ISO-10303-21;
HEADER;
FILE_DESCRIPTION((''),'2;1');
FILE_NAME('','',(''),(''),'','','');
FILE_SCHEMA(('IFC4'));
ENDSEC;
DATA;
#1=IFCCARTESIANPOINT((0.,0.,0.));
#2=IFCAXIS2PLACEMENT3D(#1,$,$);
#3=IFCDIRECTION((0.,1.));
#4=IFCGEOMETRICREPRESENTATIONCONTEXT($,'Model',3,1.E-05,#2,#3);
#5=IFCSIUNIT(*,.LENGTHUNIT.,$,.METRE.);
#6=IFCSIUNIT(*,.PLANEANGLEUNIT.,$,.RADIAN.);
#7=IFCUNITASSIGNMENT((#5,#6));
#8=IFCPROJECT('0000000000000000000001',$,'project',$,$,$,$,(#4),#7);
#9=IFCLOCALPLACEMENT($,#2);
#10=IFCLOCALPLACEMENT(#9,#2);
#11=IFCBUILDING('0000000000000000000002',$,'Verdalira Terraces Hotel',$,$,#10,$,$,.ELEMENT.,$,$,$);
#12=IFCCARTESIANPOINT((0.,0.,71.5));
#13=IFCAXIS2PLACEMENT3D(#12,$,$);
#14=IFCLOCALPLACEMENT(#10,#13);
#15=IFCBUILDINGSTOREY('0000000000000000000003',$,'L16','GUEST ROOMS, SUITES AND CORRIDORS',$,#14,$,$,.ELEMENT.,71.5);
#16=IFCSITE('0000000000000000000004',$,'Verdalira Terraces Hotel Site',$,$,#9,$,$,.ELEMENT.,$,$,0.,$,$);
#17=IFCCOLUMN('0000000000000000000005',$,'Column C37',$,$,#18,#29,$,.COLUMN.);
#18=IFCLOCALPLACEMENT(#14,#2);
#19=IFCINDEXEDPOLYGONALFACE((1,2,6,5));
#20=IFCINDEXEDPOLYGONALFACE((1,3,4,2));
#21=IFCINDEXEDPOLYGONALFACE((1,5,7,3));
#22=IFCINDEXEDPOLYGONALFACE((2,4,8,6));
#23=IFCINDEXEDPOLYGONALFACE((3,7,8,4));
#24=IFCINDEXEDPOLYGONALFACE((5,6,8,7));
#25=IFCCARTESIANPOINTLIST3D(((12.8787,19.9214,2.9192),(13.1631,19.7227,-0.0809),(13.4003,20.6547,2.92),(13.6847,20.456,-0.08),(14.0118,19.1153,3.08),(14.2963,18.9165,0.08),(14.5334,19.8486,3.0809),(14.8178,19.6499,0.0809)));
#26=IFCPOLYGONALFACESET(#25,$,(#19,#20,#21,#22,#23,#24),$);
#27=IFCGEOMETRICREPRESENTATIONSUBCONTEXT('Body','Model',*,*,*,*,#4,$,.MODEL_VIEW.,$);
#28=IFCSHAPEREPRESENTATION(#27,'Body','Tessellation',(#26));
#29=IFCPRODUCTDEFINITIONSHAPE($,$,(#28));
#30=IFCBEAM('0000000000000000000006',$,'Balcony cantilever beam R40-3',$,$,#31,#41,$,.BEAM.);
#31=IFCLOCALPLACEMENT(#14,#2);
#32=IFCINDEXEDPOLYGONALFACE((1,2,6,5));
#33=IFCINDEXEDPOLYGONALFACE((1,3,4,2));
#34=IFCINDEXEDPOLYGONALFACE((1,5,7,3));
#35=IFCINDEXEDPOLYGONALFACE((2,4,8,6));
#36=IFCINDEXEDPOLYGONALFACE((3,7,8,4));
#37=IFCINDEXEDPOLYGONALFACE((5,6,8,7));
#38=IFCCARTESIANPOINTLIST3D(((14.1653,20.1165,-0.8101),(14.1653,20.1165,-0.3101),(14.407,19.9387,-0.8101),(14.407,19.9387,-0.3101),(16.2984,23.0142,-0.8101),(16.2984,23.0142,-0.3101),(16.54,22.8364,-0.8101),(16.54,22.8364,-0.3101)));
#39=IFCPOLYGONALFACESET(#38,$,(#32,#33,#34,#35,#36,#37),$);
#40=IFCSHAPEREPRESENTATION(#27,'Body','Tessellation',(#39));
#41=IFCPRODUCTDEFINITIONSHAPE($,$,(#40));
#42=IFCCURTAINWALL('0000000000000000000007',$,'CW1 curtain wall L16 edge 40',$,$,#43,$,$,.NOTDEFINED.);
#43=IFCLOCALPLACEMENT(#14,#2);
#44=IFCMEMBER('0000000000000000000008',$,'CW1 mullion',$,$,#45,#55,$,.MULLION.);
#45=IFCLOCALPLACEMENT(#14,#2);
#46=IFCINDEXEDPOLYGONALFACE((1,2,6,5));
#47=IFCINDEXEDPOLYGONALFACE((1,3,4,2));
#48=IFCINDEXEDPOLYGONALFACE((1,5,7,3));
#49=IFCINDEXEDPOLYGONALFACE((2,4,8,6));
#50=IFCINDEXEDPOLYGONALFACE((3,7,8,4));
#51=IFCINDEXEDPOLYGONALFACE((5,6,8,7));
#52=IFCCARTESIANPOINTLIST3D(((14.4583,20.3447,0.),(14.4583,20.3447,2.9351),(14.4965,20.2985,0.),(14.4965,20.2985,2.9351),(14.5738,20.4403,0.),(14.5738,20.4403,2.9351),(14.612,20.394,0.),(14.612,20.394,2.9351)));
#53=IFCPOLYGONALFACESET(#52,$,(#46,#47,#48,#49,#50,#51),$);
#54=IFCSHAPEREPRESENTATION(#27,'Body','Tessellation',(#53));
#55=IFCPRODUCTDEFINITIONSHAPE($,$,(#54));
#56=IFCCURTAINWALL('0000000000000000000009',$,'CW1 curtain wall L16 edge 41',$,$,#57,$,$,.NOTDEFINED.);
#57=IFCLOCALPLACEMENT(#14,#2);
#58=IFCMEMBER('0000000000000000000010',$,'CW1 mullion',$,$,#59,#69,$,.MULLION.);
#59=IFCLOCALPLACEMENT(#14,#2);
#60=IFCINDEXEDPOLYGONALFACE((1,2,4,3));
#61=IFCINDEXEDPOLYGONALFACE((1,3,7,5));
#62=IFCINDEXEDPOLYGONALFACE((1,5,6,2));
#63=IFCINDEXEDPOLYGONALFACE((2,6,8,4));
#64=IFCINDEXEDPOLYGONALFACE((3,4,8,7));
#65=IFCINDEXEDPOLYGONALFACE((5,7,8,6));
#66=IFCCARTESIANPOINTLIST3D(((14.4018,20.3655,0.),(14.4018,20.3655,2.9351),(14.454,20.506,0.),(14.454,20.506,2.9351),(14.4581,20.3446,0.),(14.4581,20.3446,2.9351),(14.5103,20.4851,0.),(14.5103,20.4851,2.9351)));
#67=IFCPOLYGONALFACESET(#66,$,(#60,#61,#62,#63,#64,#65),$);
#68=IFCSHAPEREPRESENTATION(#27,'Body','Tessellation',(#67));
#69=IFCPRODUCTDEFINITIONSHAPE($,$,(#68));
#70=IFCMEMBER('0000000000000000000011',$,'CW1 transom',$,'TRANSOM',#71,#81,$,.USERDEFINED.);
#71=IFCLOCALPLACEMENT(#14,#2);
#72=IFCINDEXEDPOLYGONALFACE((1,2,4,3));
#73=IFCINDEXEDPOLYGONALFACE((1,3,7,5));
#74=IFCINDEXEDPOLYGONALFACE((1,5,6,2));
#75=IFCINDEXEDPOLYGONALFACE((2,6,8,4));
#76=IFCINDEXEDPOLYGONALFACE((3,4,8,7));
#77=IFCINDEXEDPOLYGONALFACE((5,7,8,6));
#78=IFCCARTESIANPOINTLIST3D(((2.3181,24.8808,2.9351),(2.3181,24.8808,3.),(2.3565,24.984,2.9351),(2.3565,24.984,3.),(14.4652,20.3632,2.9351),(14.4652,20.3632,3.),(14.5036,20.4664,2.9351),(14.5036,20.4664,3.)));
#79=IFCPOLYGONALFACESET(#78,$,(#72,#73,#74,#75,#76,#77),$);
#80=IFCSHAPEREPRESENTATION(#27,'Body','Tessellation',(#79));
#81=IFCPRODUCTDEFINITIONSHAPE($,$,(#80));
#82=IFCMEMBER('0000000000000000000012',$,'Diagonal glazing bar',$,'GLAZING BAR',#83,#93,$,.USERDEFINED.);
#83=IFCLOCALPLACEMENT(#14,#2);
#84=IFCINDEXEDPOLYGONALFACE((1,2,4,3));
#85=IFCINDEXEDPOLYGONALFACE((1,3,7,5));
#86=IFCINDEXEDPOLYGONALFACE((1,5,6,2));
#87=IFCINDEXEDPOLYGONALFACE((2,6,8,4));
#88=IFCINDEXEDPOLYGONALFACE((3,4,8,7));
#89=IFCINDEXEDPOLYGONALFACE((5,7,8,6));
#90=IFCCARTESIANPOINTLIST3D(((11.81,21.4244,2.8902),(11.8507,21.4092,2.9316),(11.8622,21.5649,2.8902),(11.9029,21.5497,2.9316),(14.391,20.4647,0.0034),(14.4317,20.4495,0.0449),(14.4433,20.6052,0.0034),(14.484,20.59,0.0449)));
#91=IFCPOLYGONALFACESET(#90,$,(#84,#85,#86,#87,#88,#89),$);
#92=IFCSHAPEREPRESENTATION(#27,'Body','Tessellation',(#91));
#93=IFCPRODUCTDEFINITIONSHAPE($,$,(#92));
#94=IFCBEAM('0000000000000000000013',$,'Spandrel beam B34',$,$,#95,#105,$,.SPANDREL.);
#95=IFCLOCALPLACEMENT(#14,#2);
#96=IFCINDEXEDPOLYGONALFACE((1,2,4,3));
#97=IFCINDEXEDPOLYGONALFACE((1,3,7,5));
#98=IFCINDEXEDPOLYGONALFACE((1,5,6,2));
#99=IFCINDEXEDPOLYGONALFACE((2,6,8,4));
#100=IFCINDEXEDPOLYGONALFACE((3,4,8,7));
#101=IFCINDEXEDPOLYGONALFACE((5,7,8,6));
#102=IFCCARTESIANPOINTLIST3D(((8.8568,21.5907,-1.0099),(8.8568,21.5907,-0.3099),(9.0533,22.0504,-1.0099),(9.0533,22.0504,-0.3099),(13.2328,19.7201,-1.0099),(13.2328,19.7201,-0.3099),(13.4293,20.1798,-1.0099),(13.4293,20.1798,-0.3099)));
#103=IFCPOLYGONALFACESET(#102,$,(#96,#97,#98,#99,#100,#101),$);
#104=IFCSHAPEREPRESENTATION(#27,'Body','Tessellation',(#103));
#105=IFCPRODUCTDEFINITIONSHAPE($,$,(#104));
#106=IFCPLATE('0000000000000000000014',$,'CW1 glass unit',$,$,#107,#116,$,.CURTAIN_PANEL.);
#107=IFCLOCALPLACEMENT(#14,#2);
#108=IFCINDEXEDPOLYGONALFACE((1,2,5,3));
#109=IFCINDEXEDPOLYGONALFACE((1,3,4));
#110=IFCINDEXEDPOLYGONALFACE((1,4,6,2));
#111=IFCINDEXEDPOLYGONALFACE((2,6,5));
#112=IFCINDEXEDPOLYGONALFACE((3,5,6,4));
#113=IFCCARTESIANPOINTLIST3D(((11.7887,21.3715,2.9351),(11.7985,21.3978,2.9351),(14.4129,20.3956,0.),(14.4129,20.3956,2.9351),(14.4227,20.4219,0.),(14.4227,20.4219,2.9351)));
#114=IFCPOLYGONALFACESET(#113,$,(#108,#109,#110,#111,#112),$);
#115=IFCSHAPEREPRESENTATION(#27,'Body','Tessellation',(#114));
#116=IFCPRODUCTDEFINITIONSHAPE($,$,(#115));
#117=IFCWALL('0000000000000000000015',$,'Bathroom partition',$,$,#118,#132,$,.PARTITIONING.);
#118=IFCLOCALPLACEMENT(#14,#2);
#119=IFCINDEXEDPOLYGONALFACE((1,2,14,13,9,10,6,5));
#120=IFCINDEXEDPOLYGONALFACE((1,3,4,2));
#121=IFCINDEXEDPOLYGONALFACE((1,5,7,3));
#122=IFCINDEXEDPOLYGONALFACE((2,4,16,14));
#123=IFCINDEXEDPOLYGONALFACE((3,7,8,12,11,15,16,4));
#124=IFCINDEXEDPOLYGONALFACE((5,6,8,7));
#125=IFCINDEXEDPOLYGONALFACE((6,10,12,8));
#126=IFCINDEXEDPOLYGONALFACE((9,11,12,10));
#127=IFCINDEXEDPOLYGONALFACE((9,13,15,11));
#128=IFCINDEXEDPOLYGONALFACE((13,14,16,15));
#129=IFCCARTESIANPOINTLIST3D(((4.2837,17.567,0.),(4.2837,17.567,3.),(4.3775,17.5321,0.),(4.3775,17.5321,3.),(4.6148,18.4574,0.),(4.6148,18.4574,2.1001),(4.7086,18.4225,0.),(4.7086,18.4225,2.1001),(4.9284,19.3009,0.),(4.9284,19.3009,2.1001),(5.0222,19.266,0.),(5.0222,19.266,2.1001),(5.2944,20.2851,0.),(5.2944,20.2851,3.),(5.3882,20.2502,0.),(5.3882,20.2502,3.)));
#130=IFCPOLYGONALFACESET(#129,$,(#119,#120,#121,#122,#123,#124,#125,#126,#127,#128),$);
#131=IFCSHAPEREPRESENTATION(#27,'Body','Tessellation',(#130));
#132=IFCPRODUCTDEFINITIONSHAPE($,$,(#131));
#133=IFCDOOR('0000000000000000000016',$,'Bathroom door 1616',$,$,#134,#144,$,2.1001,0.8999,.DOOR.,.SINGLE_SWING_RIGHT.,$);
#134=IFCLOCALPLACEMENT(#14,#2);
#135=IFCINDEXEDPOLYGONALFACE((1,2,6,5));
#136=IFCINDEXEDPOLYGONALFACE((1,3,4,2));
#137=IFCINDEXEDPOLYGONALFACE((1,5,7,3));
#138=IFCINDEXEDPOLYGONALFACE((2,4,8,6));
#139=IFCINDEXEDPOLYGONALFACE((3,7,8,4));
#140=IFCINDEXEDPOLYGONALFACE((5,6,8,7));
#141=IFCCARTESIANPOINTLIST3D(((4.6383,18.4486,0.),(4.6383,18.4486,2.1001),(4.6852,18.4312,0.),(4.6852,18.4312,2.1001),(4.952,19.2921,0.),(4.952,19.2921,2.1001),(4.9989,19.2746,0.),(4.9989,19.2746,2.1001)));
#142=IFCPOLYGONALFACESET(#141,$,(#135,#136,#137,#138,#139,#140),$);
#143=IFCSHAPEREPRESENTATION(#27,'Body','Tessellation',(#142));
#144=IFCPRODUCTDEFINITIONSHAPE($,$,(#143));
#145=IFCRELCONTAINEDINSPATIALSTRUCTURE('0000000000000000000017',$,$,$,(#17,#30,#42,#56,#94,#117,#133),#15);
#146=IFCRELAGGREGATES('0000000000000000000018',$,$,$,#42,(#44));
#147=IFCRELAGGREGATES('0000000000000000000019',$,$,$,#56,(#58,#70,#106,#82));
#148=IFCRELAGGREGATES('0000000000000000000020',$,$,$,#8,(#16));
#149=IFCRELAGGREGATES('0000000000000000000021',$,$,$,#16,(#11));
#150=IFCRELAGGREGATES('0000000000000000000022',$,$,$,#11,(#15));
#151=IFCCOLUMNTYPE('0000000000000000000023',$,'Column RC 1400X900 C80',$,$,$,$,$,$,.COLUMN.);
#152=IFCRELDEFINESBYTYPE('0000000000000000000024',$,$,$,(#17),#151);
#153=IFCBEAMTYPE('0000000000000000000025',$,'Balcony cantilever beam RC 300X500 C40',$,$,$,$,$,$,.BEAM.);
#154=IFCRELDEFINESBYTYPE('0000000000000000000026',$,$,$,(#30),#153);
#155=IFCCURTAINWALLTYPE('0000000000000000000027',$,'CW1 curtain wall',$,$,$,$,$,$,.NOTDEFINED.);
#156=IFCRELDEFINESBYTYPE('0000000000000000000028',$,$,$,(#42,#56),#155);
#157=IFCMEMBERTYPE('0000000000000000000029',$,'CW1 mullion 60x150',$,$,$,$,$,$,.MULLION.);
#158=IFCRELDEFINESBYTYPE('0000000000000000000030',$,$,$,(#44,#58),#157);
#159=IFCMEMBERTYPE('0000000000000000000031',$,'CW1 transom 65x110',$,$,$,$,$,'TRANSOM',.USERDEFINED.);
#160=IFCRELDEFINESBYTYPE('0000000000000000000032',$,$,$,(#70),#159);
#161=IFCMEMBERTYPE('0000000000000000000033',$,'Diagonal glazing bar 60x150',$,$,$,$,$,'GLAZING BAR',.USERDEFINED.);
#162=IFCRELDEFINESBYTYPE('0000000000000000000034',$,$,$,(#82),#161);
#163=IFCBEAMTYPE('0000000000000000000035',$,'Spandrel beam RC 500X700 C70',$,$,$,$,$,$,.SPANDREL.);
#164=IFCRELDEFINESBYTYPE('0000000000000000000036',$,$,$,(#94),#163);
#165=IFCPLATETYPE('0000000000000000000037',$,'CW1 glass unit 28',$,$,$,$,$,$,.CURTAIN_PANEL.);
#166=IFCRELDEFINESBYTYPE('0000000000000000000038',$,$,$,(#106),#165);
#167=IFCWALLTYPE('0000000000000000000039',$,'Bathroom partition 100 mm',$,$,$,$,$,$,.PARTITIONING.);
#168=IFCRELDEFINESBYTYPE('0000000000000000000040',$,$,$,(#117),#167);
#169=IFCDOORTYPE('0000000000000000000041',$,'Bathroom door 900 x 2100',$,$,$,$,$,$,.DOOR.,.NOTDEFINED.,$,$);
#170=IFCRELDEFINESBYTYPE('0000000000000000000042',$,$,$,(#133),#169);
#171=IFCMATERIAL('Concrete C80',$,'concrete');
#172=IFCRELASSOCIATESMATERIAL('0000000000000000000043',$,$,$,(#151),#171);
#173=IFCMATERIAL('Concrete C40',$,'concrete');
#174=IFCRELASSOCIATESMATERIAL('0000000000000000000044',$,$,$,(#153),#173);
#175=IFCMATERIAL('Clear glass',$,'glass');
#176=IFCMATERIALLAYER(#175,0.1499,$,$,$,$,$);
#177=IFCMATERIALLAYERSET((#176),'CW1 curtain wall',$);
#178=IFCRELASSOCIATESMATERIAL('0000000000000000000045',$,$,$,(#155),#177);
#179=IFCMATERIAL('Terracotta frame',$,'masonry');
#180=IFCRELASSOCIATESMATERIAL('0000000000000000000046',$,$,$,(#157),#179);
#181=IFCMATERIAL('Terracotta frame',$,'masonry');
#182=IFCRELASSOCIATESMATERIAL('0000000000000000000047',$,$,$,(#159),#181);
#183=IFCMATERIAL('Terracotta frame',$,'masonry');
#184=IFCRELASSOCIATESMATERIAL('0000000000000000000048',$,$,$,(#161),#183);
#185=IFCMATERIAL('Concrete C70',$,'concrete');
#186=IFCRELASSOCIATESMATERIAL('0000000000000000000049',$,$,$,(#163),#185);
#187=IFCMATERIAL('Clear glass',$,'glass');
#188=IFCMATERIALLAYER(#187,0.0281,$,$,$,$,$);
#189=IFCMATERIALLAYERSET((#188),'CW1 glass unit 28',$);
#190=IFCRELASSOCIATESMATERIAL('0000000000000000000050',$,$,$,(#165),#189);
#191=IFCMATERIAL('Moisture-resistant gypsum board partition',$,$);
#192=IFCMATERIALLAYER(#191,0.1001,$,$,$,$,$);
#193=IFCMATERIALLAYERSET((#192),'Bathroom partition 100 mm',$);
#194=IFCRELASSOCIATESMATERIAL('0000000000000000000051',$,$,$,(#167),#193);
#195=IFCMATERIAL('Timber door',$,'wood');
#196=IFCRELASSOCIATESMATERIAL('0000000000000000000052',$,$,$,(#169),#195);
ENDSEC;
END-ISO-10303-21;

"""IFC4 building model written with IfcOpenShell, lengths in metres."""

from ifc_helpers import new_model, si_unit, direction, frame, frame_2d, origin, origin_2d, place, context, subcontext, project, spatial, polyline, rectangle, outline, extrude, material, layer, layer_set, material_profile, profile_set, type_object, element, fill, aggregate, save


model = new_model("IFC4")

# Units and contexts
model_context = context("Model", 3, precision=1e-05, world=origin(), true_north=direction((0.0, 1.0)))
body_context = subcontext(model_context, "Body", "Model", "MODEL_VIEW")
ifc_project = project(units=[si_unit("LENGTHUNIT", "METRE"), si_unit("PLANEANGLEUNIT", "RADIAN")], contexts=[model_context])

# Site, building, storey
site_placement = place(None, origin())
site = spatial("IfcSite", under=ifc_project, at=site_placement, Name="Verdalira Terraces Hotel Site", CompositionType="ELEMENT", RefElevation=0.0)
building_placement = place(site_placement, origin())
building = spatial("IfcBuilding", under=site, at=building_placement, Name="Verdalira Terraces Hotel", CompositionType="ELEMENT")
storey_placement = place(building_placement, frame((0.0, 0.0, 71.5)))
storey = spatial("IfcBuildingStorey", under=building, at=storey_placement, Name="L16", Description="GUEST ROOMS, SUITES AND CORRIDORS", CompositionType="ELEMENT", Elevation=71.5)

# Column
ifc_material_1 = material(Name="Concrete C80", Category="concrete")
ifc_material_profile_1 = material_profile(ifc_material_1, rectangle(XDim=1.3999, YDim=0.8999, at=origin_2d()), Name="RC 1400X900")
ifc_profile_set_1 = profile_set([ifc_material_profile_1], Name="Concrete C80")
column_type = type_object("IfcColumnType", Name="Column RC 1400X900 C80", PredefinedType="COLUMN", material=ifc_profile_set_1)
column_placement = place(storey_placement, frame((13.9905, 19.6863, 0.0), z_axis=(-0.09418, 0.065805, 0.993378), x_axis=(0.80944, -0.575854, 0.114888)))
element("IfcColumn", 1, at=column_placement, inside=storey, type_object=column_type, Name="Column C37", PredefinedType="COLUMN", context=body_context, shape_type="SweptSolid", body=[
    extrude(rectangle(XDim=1.3999, YDim=0.8999, at=origin_2d()), origin(), (0.0, 0.0, 1.0), 3.02),
])

# Beam
ifc_material_2 = material(Name="Concrete C40", Category="concrete")
ifc_material_profile_2 = material_profile(ifc_material_2, rectangle(XDim=0.3, YDim=0.5, at=origin_2d()), Name="RC 300X500")
ifc_profile_set_2 = profile_set([ifc_material_profile_2], Name="Concrete C40")
beam_type_1 = type_object("IfcBeamType", Name="Balcony cantilever beam RC 300X500 C40", PredefinedType="BEAM", material=ifc_profile_set_2)
beam_1_placement = place(storey_placement, frame((14.2861, 20.0276, -0.5601), z_axis=(0.592822, 0.805334, 0.0), x_axis=(-0.805334, 0.592822, 0.0)))
element("IfcBeam", 2, at=beam_1_placement, inside=storey, type_object=beam_type_1, Name="Balcony cantilever beam R40-3", PredefinedType="BEAM", context=body_context, shape_type="SweptSolid", body=[
    extrude(rectangle(XDim=0.3, YDim=0.5, at=origin_2d()), origin(), (0.0, 0.0, 1.0), 3.5981),
])

# Curtain wall, member
ifc_material_3 = material(Name="Clear glass", Category="glass")
ifc_layer_1 = layer(ifc_material_3, 0.1499)
ifc_layer_set_1 = layer_set([ifc_layer_1], Name="CW1 curtain wall")
curtain_wall_type = type_object("IfcCurtainWallType", Name="CW1 curtain wall", PredefinedType="NOTDEFINED", material=ifc_layer_set_1)
curtain_wall_1_placement = place(storey_placement, origin())
curtain_wall_1 = element("IfcCurtainWall", 3, at=curtain_wall_1_placement, inside=storey, type_object=curtain_wall_type, Name="CW1 curtain wall L16 edge 40", PredefinedType="NOTDEFINED")
ifc_material_4 = material(Name="Terracotta frame", Category="masonry")
ifc_material_profile_3 = material_profile(ifc_material_4, rectangle(XDim=0.0601, YDim=0.1499, at=origin_2d()), Name="MU 60x150")
ifc_profile_set_3 = profile_set([ifc_material_profile_3], Name="Terracotta frame")
member_type_1 = type_object("IfcMemberType", Name="CW1 mullion 60x150", PredefinedType="MULLION", material=ifc_profile_set_3)
member_1_placement = place(storey_placement, frame((14.5352, 20.3694, 0.0), z_axis=(0.0, 0.0, 1.0), x_axis=(-0.637424, 0.770513, 0.0)))
member_1 = element("IfcMember", 4, at=member_1_placement, type_object=member_type_1, Name="CW1 mullion", PredefinedType="MULLION", context=body_context, shape_type="SweptSolid", body=[
    extrude(rectangle(XDim=0.0601, YDim=0.1499, at=origin_2d()), origin(), (0.0, 0.0, 1.0), 2.9351),
])
aggregate(curtain_wall_1, [member_1])

# Curtain wall, members
curtain_wall_2_placement = place(storey_placement, origin())
curtain_wall_2 = element("IfcCurtainWall", 5, at=curtain_wall_2_placement, inside=storey, type_object=curtain_wall_type, Name="CW1 curtain wall L16 edge 41", PredefinedType="NOTDEFINED")
member_2_placement = place(storey_placement, frame((14.4561, 20.4253, 0.0), z_axis=(0.0, 0.0, 1.0), x_axis=(-0.937282, 0.348572, 0.0)))
member_2 = element("IfcMember", 6, at=member_2_placement, type_object=member_type_1, Name="CW1 mullion", PredefinedType="MULLION", context=body_context, shape_type="SweptSolid", body=[
    extrude(rectangle(XDim=0.0601, YDim=0.1499, at=origin_2d()), origin(), (0.0, 0.0, 1.0), 2.9351),
])
ifc_material_5 = material(Name="Terracotta frame", Category="masonry")
ifc_material_profile_4 = material_profile(ifc_material_5, rectangle(XDim=0.1101, YDim=0.0649, at=origin_2d()), Name="TR 65x110")
ifc_profile_set_4 = profile_set([ifc_material_profile_4], Name="Terracotta frame")
member_type_2 = type_object("IfcMemberType", Name="CW1 transom 65x110", ElementType="TRANSOM", PredefinedType="USERDEFINED", material=ifc_profile_set_4)
member_3_placement = place(storey_placement, frame((14.4844, 20.4148, 2.9675), z_axis=(-0.937278, 0.348583, 0.0), x_axis=(-0.348583, -0.937278, 0.0)))
member_3 = element("IfcMember", 7, at=member_3_placement, type_object=member_type_2, Name="CW1 transom", ObjectType="TRANSOM", PredefinedType="USERDEFINED", context=body_context, shape_type="SweptSolid", body=[
    extrude(rectangle(XDim=0.1101, YDim=0.0649, at=origin_2d()), origin(), (0.0, 0.0, 1.0), 12.96),
])
ifc_material_6 = material(Name="Terracotta frame", Category="masonry")
ifc_material_profile_5 = material_profile(ifc_material_6, rectangle(XDim=0.1499, YDim=0.0601, at=origin_2d()), Name="GB 60x150")
ifc_profile_set_5 = profile_set([ifc_material_profile_5], Name="Terracotta frame")
member_type_3 = type_object("IfcMemberType", Name="Diagonal glazing bar 60x150", ElementType="GLAZING BAR", PredefinedType="USERDEFINED", material=ifc_profile_set_5)
member_4_placement = place(storey_placement, frame((14.4375, 20.5273, 0.0242), z_axis=(-0.646963, 0.240561, 0.723581), x_axis=(-0.348518, -0.937302, 0.0)))
member_4 = element("IfcMember", 8, at=member_4_placement, type_object=member_type_3, Name="Diagonal glazing bar", ObjectType="GLAZING BAR", PredefinedType="USERDEFINED", context=body_context, shape_type="SweptSolid", body=[
    extrude(rectangle(XDim=0.1499, YDim=0.0601, at=origin_2d()), origin(), (0.0, 0.0, 1.0), 3.9895),
])

# Beam
ifc_material_7 = material(Name="Concrete C70", Category="concrete")
ifc_material_profile_6 = material_profile(ifc_material_7, rectangle(XDim=0.5, YDim=0.7, at=origin_2d()), Name="RC 500X700")
ifc_profile_set_6 = profile_set([ifc_material_profile_6], Name="Concrete C70")
beam_type_2 = type_object("IfcBeamType", Name="Spandrel beam RC 500X700 C70", PredefinedType="SPANDREL", material=ifc_profile_set_6)
beam_2_placement = place(storey_placement, frame((13.3311, 19.95, -0.6599), z_axis=(-0.919511, 0.393065, 0.0), x_axis=(-0.393065, -0.919511, 0.0)))
element("IfcBeam", 9, at=beam_2_placement, inside=storey, type_object=beam_type_2, Name="Spandrel beam B34", PredefinedType="SPANDREL", context=body_context, shape_type="SweptSolid", body=[
    extrude(rectangle(XDim=0.5, YDim=0.7, at=origin_2d()), origin(), (0.0, 0.0, 1.0), 4.759),
])

# Plate
ifc_material_8 = material(Name="Clear glass", Category="glass")
ifc_layer_2 = layer(ifc_material_8, 0.0281)
ifc_layer_set_2 = layer_set([ifc_layer_2], Name="CW1 glass unit 28")
plate_type = type_object("IfcPlateType", Name="CW1 glass unit 28", PredefinedType="CURTAIN_PANEL", material=ifc_layer_set_2)
plate_placement = place(storey_placement, frame((13.1008, 20.8835, 1.4675), z_axis=(0.348572, 0.937282, 0.0), x_axis=(-0.937282, 0.348572, 0.0)))
plate = element("IfcPlate", 10, at=plate_placement, type_object=plate_type, Name="CW1 glass unit", PredefinedType="CURTAIN_PANEL", context=body_context, shape_type="SweptSolid", body=[
    extrude(outline(polyline([(-1.3999, -1.4675), (1.3999, 1.4675), (-1.3999, 1.4675), (-1.3999, -1.4675)])), origin(), (0.0, 0.0, 1.0), 0.0281),
])
aggregate(curtain_wall_2, [member_2, member_3, plate, member_4])

# Wall, opening, door
ifc_material_9 = material(Name="Moisture-resistant gypsum board partition")
ifc_layer_3 = layer(ifc_material_9, 0.1001)
ifc_layer_set_3 = layer_set([ifc_layer_3], Name="Bathroom partition 100 mm")
wall_type_1 = type_object("IfcWallType", Name="Bathroom partition 100 mm", PredefinedType="PARTITIONING", material=ifc_layer_set_3)
wall_1_placement = place(storey_placement, frame((4.3306, 17.5496, 0.0), z_axis=(0.0, 0.0, 1.0), x_axis=(0.348548, 0.937291, 0.0)))
wall_1 = element("IfcWall", 11, at=wall_1_placement, inside=storey, type_object=wall_type_1, Name="Bathroom partition", PredefinedType="PARTITIONING", context=body_context, shape_type="SweptSolid", body=[
    extrude(rectangle(XDim=2.8999, YDim=0.1001, at=frame_2d((1.45, 0.0))), origin(), (0.0, 0.0, 1.0), 3.0),
])
opening_1_placement = place(wall_1_placement, frame((0.95, 0.0, 0.0)))
opening_1 = element("IfcOpeningElement", 12, at=opening_1_placement, cuts=wall_1, PredefinedType="OPENING", context=body_context, shape_type="SweptSolid", body=[
    extrude(rectangle(XDim=0.8999, YDim=2.1001, at=frame_2d((0.45, 1.05))), frame((0.0, 0.0601, 0.0), z_axis=(0.0, -1.0, 0.0), x_axis=(1.0, 0.0, 0.0)), (0.0, 0.0, 1.0), 0.1201),
])
ifc_material_10 = material(Name="Timber door", Category="wood")
door_type_1 = type_object("IfcDoorType", Name="Bathroom door 900 x 2100", OperationType="NOTDEFINED", PredefinedType="DOOR", material=ifc_material_10)
door_1_placement = place(opening_1_placement, origin())
door_1 = element("IfcDoor", 13, at=door_1_placement, inside=storey, type_object=door_type_1, Name="Bathroom door 1616", OperationType="SINGLE_SWING_RIGHT", OverallHeight=2.1001, OverallWidth=0.8999, PredefinedType="DOOR", context=body_context, shape_type="SweptSolid", body=[
    extrude(rectangle(XDim=0.8999, YDim=2.1001, at=frame_2d((0.45, 1.05))), frame((0.0, 0.0249, 0.0), z_axis=(0.0, -1.0, 0.0), x_axis=(1.0, 0.0, 0.0)), (0.0, 0.0, 1.0), 0.05),
])
fill(opening_1, door_1)

save(model, "model.ifc")
